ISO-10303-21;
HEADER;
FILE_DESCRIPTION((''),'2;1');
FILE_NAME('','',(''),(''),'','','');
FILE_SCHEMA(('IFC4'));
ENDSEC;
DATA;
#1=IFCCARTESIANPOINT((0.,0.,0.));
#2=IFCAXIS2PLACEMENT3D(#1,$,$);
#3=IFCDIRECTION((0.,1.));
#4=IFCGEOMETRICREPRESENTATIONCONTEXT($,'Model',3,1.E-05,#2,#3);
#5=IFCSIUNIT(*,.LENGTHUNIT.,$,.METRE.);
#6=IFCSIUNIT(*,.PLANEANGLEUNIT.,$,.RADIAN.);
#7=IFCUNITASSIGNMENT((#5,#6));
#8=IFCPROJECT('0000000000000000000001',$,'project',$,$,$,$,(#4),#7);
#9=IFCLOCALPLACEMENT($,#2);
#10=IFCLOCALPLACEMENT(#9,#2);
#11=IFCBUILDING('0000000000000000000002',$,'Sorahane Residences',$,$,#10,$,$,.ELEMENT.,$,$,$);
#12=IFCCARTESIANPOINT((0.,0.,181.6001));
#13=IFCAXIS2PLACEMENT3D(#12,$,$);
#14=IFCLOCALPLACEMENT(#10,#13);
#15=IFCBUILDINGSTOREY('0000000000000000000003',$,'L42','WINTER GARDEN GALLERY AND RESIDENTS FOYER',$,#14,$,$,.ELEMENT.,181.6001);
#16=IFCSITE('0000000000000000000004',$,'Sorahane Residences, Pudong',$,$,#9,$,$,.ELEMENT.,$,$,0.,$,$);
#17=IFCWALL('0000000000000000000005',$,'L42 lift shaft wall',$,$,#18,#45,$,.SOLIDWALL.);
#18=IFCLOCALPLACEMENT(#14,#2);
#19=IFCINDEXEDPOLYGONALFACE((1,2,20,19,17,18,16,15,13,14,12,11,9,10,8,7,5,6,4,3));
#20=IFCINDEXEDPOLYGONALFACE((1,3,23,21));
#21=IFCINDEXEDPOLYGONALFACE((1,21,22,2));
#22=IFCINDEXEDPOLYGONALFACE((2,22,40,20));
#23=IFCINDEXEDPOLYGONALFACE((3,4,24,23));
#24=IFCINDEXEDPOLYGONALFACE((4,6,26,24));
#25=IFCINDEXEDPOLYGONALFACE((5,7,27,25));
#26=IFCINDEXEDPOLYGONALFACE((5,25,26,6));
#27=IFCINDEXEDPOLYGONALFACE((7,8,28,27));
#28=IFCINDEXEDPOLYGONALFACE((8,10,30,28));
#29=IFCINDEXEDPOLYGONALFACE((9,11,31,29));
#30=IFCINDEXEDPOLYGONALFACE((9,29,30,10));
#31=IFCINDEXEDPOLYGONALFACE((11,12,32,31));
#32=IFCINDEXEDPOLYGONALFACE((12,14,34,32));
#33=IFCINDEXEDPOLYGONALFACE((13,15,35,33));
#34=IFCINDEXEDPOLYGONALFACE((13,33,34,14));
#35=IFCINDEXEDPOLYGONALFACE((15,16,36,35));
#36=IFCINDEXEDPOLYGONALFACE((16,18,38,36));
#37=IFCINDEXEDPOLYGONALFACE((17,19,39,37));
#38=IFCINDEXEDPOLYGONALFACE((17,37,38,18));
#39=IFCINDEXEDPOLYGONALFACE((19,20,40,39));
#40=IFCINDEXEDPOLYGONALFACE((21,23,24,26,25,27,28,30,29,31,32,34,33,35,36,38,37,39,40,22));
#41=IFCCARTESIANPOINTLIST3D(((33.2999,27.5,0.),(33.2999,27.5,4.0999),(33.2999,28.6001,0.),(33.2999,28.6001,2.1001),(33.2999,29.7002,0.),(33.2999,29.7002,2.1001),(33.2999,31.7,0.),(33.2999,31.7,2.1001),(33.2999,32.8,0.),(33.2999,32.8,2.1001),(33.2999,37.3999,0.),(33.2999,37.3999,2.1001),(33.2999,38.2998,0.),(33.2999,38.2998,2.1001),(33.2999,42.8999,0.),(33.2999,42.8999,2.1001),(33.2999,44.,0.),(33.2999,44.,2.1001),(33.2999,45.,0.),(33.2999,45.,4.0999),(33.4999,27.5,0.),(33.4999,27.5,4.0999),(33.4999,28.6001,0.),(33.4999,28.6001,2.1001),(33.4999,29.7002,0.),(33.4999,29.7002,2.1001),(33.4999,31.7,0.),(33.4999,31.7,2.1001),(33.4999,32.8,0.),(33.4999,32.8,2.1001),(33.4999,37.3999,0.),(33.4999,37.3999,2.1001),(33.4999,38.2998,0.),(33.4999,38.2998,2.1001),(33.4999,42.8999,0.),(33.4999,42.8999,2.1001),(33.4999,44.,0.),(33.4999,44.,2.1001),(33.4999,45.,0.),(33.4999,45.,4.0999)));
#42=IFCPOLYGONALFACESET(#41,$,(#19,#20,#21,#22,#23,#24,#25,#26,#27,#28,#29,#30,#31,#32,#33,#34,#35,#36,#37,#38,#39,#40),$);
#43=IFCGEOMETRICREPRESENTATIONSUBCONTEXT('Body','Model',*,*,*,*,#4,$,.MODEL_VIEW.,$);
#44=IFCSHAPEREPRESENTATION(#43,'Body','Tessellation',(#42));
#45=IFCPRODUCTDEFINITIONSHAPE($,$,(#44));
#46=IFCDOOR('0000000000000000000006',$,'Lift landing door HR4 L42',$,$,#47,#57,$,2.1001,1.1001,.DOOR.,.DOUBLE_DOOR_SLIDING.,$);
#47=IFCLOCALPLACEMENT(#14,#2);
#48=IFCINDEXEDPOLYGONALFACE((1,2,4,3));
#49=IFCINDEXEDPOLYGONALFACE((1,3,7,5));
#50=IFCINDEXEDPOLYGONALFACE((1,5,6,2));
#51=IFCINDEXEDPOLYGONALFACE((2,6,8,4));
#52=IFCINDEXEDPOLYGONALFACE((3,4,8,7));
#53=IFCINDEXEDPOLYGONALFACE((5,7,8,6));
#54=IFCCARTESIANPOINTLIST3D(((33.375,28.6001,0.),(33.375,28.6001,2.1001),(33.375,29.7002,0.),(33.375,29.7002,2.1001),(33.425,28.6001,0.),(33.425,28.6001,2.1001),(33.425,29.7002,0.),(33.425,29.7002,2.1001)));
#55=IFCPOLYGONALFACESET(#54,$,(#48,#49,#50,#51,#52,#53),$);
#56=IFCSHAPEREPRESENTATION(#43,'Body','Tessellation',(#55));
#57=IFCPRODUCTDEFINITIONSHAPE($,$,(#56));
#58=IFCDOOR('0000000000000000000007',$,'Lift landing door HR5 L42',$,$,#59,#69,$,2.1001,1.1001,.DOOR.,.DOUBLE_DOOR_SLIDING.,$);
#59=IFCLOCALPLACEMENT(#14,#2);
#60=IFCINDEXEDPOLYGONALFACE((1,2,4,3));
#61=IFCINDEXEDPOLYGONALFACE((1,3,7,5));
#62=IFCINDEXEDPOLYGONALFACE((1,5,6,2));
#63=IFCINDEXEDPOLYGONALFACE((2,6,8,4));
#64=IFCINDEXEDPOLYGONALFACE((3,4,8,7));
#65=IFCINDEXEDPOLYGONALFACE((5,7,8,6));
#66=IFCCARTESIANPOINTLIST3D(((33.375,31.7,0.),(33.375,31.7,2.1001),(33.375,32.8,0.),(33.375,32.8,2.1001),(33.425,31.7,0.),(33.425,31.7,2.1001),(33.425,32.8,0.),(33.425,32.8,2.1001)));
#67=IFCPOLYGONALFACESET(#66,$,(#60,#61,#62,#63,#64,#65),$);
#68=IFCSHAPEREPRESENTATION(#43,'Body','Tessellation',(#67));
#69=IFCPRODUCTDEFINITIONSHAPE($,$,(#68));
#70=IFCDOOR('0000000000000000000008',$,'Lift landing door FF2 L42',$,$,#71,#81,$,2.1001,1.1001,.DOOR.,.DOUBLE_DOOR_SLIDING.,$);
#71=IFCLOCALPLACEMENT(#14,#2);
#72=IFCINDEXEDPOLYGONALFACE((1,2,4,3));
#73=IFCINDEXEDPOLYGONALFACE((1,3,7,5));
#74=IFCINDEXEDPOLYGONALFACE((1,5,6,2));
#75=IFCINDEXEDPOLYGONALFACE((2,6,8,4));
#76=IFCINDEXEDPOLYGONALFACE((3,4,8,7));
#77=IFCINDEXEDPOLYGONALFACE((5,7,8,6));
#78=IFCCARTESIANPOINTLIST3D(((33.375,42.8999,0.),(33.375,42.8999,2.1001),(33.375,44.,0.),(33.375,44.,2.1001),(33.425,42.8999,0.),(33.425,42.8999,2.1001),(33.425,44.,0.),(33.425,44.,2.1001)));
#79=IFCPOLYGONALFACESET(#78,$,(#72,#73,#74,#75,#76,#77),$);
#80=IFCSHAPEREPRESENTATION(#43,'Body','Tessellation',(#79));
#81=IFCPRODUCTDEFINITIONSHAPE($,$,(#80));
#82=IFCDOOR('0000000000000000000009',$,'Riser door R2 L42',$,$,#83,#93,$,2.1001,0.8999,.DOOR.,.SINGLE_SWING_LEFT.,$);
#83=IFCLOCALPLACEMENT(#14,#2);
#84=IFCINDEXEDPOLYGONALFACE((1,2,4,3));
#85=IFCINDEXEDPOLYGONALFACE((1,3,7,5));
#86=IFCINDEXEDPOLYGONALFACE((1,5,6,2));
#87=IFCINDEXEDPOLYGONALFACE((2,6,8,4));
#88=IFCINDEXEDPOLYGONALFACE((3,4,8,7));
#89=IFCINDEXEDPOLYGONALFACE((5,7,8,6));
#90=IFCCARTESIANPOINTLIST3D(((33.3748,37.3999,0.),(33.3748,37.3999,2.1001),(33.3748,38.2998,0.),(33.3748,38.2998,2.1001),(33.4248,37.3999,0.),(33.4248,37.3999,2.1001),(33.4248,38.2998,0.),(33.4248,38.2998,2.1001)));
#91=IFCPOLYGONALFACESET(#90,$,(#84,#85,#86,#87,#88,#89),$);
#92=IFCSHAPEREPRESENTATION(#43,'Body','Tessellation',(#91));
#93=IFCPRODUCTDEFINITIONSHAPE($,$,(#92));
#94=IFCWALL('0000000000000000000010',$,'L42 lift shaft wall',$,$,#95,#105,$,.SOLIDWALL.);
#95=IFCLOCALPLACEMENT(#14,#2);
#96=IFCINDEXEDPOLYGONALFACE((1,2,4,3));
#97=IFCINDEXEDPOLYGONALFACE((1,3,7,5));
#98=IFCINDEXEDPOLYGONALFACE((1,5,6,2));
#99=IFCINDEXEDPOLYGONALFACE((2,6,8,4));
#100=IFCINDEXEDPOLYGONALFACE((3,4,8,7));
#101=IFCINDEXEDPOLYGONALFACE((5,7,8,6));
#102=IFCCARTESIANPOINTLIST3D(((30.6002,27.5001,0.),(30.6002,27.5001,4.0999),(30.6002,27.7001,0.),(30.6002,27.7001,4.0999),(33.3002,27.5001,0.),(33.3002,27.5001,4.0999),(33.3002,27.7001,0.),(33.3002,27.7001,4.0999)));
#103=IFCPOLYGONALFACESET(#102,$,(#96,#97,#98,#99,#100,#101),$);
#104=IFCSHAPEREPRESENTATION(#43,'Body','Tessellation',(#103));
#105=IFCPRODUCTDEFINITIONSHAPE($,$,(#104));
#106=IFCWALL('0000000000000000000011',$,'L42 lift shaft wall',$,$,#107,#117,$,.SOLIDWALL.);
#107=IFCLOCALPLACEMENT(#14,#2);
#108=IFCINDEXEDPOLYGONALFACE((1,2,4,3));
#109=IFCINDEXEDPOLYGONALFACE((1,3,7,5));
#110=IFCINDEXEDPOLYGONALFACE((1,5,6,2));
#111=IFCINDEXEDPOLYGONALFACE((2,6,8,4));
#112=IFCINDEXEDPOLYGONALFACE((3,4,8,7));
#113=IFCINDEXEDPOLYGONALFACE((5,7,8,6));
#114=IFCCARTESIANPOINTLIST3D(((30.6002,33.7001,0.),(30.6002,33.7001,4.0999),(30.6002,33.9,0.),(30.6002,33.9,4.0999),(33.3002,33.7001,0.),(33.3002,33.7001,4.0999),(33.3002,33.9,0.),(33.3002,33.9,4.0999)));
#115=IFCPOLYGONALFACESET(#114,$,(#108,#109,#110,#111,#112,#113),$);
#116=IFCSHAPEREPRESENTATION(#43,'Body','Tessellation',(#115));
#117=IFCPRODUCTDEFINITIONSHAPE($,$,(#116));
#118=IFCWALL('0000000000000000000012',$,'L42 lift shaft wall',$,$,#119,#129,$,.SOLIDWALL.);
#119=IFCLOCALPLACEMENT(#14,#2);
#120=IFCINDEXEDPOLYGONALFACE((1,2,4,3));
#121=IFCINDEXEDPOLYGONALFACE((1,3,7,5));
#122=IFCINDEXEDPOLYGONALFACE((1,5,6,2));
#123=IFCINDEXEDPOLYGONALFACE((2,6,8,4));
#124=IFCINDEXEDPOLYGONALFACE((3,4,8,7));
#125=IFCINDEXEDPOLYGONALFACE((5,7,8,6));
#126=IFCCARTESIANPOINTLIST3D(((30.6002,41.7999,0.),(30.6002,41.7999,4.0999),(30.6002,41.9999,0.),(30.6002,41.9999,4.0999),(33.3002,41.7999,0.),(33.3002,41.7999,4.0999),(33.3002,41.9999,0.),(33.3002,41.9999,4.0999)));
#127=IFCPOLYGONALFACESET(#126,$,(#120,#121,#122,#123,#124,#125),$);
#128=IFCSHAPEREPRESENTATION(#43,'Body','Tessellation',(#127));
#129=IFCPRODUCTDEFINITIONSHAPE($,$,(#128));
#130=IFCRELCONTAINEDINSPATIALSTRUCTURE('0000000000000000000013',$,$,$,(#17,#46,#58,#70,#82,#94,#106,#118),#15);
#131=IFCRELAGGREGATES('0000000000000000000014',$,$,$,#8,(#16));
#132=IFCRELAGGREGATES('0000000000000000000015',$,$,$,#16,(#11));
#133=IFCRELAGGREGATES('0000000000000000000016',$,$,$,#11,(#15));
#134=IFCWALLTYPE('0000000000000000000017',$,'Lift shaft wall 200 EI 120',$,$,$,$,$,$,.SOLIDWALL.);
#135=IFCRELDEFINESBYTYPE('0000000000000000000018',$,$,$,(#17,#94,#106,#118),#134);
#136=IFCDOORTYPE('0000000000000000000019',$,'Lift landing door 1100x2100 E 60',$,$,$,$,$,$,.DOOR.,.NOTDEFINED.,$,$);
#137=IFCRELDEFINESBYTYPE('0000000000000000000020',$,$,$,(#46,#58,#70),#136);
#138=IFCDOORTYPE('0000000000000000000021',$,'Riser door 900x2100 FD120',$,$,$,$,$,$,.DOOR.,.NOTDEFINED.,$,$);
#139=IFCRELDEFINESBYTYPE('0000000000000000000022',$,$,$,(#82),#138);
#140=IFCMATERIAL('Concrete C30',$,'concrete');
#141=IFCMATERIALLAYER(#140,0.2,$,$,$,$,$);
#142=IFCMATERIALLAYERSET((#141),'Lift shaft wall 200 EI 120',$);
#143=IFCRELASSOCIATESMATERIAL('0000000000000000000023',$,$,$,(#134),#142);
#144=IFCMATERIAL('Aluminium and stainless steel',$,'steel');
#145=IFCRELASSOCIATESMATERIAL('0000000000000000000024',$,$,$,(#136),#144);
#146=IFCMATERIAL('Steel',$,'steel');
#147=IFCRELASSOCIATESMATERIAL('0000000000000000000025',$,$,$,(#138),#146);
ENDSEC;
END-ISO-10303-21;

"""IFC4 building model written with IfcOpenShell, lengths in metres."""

from ifc_helpers import new_model, si_unit, direction, frame, frame_2d, origin, place, context, subcontext, project, spatial, rectangle, extrude, material, layer, layer_set, type_object, element, fill, save


model = new_model("IFC4")

# Units and contexts
model_context = context("Model", 3, precision=1e-05, world=origin(), true_north=direction((0.0, 1.0)))
body_context = subcontext(model_context, "Body", "Model", "MODEL_VIEW")
ifc_project = project(units=[si_unit("LENGTHUNIT", "METRE"), si_unit("PLANEANGLEUNIT", "RADIAN")], contexts=[model_context])

# Site, building, storey
site_placement = place(None, origin())
site = spatial("IfcSite", under=ifc_project, at=site_placement, Name="Sorahane Residences, Pudong", CompositionType="ELEMENT", RefElevation=0.0)
building_placement = place(site_placement, origin())
building = spatial("IfcBuilding", under=site, at=building_placement, Name="Sorahane Residences", CompositionType="ELEMENT")
storey_placement = place(building_placement, frame((0.0, 0.0, 181.6001)))
storey = spatial("IfcBuildingStorey", under=building, at=storey_placement, Name="L42", Description="WINTER GARDEN GALLERY AND RESIDENTS FOYER", CompositionType="ELEMENT", Elevation=181.6001)

# Wall, openings, doors
ifc_material_1 = material(Name="Concrete C30", Category="concrete")
ifc_layer_1 = layer(ifc_material_1, 0.2)
ifc_layer_set_1 = layer_set([ifc_layer_1], Name="Lift shaft wall 200 EI 120")
wall_type_1 = type_object("IfcWallType", Name="Lift shaft wall 200 EI 120", PredefinedType="SOLIDWALL", material=ifc_layer_set_1)
wall_1_placement = place(storey_placement, frame((33.3999, 27.5, 0.0), z_axis=(0.0, 0.0, 1.0), x_axis=(0.0, 1.0, 0.0)))
wall_1 = element("IfcWall", 1, at=wall_1_placement, inside=storey, type_object=wall_type_1, Name="L42 lift shaft wall", PredefinedType="SOLIDWALL", context=body_context, shape_type="SweptSolid", body=[
    extrude(rectangle(XDim=17.5, YDim=0.2, at=frame_2d((8.75, 0.0))), origin(), (0.0, 0.0, 1.0), 4.0999),
])
opening_1_placement = place(wall_1_placement, frame((1.1001, 0.0, 0.0)))
opening_1 = element("IfcOpeningElement", 2, at=opening_1_placement, cuts=wall_1, PredefinedType="OPENING", context=body_context, shape_type="SweptSolid", body=[
    extrude(rectangle(XDim=1.1001, YDim=2.1001, at=frame_2d((0.55, 1.05))), frame((0.0, 0.1099, 0.0), z_axis=(0.0, -1.0, 0.0), x_axis=(1.0, 0.0, 0.0)), (0.0, 0.0, 1.0), 0.22),
])
opening_2_placement = place(wall_1_placement, frame((4.2, 0.0, 0.0)))
opening_2 = element("IfcOpeningElement", 3, at=opening_2_placement, cuts=wall_1, PredefinedType="OPENING", context=body_context, shape_type="SweptSolid", body=[
    extrude(rectangle(XDim=1.1001, YDim=2.1001, at=frame_2d((0.55, 1.05))), frame((0.0, 0.1099, 0.0), z_axis=(0.0, -1.0, 0.0), x_axis=(1.0, 0.0, 0.0)), (0.0, 0.0, 1.0), 0.22),
])
opening_3_placement = place(wall_1_placement, frame((15.3999, 0.0, 0.0)))
opening_3 = element("IfcOpeningElement", 4, at=opening_3_placement, cuts=wall_1, PredefinedType="OPENING", context=body_context, shape_type="SweptSolid", body=[
    extrude(rectangle(XDim=1.1001, YDim=2.1001, at=frame_2d((0.55, 1.05))), frame((0.0, 0.1099, 0.0), z_axis=(0.0, -1.0, 0.0), x_axis=(1.0, 0.0, 0.0)), (0.0, 0.0, 1.0), 0.22),
])
opening_4_placement = place(wall_1_placement, frame((9.8999, 0.0, 0.0)))
opening_4 = element("IfcOpeningElement", 5, at=opening_4_placement, cuts=wall_1, PredefinedType="OPENING", context=body_context, shape_type="SweptSolid", body=[
    extrude(rectangle(XDim=0.8999, YDim=2.1001, at=frame_2d((0.45, 1.05))), frame((0.0, 0.1099, 0.0), z_axis=(0.0, -1.0, 0.0), x_axis=(1.0, 0.0, 0.0)), (0.0, 0.0, 1.0), 0.22),
])
ifc_material_2 = material(Name="Aluminium and stainless steel", Category="steel")
door_type_1 = type_object("IfcDoorType", Name="Lift landing door 1100x2100 E 60", OperationType="NOTDEFINED", PredefinedType="DOOR", material=ifc_material_2)
door_1_placement = place(opening_1_placement, origin())
door_1 = element("IfcDoor", 6, at=door_1_placement, inside=storey, type_object=door_type_1, Name="Lift landing door HR4 L42", OperationType="DOUBLE_DOOR_SLIDING", OverallHeight=2.1001, OverallWidth=1.1001, PredefinedType="DOOR", context=body_context, shape_type="SweptSolid", body=[
    extrude(rectangle(XDim=1.1001, YDim=2.1001, at=frame_2d((0.55, 1.05))), frame((0.0, 0.0249, 0.0), z_axis=(0.0, -1.0, 0.0), x_axis=(1.0, 0.0, 0.0)), (0.0, 0.0, 1.0), 0.05),
])
fill(opening_1, door_1)
door_2_placement = place(opening_2_placement, origin())
door_2 = element("IfcDoor", 7, at=door_2_placement, inside=storey, type_object=door_type_1, Name="Lift landing door HR5 L42", OperationType="DOUBLE_DOOR_SLIDING", OverallHeight=2.1001, OverallWidth=1.1001, PredefinedType="DOOR", context=body_context, shape_type="SweptSolid", body=[
    extrude(rectangle(XDim=1.1001, YDim=2.1001, at=frame_2d((0.55, 1.05))), frame((0.0, 0.0249, 0.0), z_axis=(0.0, -1.0, 0.0), x_axis=(1.0, 0.0, 0.0)), (0.0, 0.0, 1.0), 0.05),
])
fill(opening_2, door_2)
door_3_placement = place(opening_3_placement, origin())
door_3 = element("IfcDoor", 8, at=door_3_placement, inside=storey, type_object=door_type_1, Name="Lift landing door FF2 L42", OperationType="DOUBLE_DOOR_SLIDING", OverallHeight=2.1001, OverallWidth=1.1001, PredefinedType="DOOR", context=body_context, shape_type="SweptSolid", body=[
    extrude(rectangle(XDim=1.1001, YDim=2.1001, at=frame_2d((0.55, 1.05))), frame((0.0, 0.0249, 0.0), z_axis=(0.0, -1.0, 0.0), x_axis=(1.0, 0.0, 0.0)), (0.0, 0.0, 1.0), 0.05),
])
fill(opening_3, door_3)
ifc_material_3 = material(Name="Steel", Category="steel")
door_type_2 = type_object("IfcDoorType", Name="Riser door 900x2100 FD120", OperationType="NOTDEFINED", PredefinedType="DOOR", material=ifc_material_3)
door_4_placement = place(opening_4_placement, frame((0.8999, 0.0, 0.0), z_axis=(0.0, 0.0, 1.0), x_axis=(-1.0, 0.0, 0.0)))
door_4 = element("IfcDoor", 9, at=door_4_placement, inside=storey, type_object=door_type_2, Name="Riser door R2 L42", OperationType="SINGLE_SWING_LEFT", OverallHeight=2.1001, OverallWidth=0.8999, PredefinedType="DOOR", context=body_context, shape_type="SweptSolid", body=[
    extrude(rectangle(XDim=0.8999, YDim=2.1001, at=frame_2d((0.45, 1.05))), frame((0.0, 0.0249, 0.0), z_axis=(0.0, -1.0, 0.0), x_axis=(1.0, 0.0, 0.0)), (0.0, 0.0, 1.0), 0.05),
])
fill(opening_4, door_4)

# Walls
for number, where, z_axis, x_axis, name in (
    (10, (30.6001, 27.6001, 0.0), (0.0, 0.0, 1.0), (1.0, 0.0, 0.0), "L42 lift shaft wall"),
    (11, (30.6001, 33.8, 0.0), (0.0, 0.0, 1.0), (1.0, 0.0, 0.0), "L42 lift shaft wall"),
    (12, (30.6001, 41.8999, 0.0), (0.0, 0.0, 1.0), (1.0, 0.0, 0.0), "L42 lift shaft wall"),
):
    element("IfcWall", number, at=place(storey_placement, frame(where, z_axis=z_axis, x_axis=x_axis)), inside=storey, type_object=wall_type_1, Name=name, PredefinedType="SOLIDWALL", context=body_context, shape_type="SweptSolid", body=[
        extrude(rectangle(XDim=2.7, YDim=0.2, at=frame_2d((1.3501, 0.0))), origin(), (0.0, 0.0, 1.0), 4.0999),
    ])

save(model, "model.ifc")
